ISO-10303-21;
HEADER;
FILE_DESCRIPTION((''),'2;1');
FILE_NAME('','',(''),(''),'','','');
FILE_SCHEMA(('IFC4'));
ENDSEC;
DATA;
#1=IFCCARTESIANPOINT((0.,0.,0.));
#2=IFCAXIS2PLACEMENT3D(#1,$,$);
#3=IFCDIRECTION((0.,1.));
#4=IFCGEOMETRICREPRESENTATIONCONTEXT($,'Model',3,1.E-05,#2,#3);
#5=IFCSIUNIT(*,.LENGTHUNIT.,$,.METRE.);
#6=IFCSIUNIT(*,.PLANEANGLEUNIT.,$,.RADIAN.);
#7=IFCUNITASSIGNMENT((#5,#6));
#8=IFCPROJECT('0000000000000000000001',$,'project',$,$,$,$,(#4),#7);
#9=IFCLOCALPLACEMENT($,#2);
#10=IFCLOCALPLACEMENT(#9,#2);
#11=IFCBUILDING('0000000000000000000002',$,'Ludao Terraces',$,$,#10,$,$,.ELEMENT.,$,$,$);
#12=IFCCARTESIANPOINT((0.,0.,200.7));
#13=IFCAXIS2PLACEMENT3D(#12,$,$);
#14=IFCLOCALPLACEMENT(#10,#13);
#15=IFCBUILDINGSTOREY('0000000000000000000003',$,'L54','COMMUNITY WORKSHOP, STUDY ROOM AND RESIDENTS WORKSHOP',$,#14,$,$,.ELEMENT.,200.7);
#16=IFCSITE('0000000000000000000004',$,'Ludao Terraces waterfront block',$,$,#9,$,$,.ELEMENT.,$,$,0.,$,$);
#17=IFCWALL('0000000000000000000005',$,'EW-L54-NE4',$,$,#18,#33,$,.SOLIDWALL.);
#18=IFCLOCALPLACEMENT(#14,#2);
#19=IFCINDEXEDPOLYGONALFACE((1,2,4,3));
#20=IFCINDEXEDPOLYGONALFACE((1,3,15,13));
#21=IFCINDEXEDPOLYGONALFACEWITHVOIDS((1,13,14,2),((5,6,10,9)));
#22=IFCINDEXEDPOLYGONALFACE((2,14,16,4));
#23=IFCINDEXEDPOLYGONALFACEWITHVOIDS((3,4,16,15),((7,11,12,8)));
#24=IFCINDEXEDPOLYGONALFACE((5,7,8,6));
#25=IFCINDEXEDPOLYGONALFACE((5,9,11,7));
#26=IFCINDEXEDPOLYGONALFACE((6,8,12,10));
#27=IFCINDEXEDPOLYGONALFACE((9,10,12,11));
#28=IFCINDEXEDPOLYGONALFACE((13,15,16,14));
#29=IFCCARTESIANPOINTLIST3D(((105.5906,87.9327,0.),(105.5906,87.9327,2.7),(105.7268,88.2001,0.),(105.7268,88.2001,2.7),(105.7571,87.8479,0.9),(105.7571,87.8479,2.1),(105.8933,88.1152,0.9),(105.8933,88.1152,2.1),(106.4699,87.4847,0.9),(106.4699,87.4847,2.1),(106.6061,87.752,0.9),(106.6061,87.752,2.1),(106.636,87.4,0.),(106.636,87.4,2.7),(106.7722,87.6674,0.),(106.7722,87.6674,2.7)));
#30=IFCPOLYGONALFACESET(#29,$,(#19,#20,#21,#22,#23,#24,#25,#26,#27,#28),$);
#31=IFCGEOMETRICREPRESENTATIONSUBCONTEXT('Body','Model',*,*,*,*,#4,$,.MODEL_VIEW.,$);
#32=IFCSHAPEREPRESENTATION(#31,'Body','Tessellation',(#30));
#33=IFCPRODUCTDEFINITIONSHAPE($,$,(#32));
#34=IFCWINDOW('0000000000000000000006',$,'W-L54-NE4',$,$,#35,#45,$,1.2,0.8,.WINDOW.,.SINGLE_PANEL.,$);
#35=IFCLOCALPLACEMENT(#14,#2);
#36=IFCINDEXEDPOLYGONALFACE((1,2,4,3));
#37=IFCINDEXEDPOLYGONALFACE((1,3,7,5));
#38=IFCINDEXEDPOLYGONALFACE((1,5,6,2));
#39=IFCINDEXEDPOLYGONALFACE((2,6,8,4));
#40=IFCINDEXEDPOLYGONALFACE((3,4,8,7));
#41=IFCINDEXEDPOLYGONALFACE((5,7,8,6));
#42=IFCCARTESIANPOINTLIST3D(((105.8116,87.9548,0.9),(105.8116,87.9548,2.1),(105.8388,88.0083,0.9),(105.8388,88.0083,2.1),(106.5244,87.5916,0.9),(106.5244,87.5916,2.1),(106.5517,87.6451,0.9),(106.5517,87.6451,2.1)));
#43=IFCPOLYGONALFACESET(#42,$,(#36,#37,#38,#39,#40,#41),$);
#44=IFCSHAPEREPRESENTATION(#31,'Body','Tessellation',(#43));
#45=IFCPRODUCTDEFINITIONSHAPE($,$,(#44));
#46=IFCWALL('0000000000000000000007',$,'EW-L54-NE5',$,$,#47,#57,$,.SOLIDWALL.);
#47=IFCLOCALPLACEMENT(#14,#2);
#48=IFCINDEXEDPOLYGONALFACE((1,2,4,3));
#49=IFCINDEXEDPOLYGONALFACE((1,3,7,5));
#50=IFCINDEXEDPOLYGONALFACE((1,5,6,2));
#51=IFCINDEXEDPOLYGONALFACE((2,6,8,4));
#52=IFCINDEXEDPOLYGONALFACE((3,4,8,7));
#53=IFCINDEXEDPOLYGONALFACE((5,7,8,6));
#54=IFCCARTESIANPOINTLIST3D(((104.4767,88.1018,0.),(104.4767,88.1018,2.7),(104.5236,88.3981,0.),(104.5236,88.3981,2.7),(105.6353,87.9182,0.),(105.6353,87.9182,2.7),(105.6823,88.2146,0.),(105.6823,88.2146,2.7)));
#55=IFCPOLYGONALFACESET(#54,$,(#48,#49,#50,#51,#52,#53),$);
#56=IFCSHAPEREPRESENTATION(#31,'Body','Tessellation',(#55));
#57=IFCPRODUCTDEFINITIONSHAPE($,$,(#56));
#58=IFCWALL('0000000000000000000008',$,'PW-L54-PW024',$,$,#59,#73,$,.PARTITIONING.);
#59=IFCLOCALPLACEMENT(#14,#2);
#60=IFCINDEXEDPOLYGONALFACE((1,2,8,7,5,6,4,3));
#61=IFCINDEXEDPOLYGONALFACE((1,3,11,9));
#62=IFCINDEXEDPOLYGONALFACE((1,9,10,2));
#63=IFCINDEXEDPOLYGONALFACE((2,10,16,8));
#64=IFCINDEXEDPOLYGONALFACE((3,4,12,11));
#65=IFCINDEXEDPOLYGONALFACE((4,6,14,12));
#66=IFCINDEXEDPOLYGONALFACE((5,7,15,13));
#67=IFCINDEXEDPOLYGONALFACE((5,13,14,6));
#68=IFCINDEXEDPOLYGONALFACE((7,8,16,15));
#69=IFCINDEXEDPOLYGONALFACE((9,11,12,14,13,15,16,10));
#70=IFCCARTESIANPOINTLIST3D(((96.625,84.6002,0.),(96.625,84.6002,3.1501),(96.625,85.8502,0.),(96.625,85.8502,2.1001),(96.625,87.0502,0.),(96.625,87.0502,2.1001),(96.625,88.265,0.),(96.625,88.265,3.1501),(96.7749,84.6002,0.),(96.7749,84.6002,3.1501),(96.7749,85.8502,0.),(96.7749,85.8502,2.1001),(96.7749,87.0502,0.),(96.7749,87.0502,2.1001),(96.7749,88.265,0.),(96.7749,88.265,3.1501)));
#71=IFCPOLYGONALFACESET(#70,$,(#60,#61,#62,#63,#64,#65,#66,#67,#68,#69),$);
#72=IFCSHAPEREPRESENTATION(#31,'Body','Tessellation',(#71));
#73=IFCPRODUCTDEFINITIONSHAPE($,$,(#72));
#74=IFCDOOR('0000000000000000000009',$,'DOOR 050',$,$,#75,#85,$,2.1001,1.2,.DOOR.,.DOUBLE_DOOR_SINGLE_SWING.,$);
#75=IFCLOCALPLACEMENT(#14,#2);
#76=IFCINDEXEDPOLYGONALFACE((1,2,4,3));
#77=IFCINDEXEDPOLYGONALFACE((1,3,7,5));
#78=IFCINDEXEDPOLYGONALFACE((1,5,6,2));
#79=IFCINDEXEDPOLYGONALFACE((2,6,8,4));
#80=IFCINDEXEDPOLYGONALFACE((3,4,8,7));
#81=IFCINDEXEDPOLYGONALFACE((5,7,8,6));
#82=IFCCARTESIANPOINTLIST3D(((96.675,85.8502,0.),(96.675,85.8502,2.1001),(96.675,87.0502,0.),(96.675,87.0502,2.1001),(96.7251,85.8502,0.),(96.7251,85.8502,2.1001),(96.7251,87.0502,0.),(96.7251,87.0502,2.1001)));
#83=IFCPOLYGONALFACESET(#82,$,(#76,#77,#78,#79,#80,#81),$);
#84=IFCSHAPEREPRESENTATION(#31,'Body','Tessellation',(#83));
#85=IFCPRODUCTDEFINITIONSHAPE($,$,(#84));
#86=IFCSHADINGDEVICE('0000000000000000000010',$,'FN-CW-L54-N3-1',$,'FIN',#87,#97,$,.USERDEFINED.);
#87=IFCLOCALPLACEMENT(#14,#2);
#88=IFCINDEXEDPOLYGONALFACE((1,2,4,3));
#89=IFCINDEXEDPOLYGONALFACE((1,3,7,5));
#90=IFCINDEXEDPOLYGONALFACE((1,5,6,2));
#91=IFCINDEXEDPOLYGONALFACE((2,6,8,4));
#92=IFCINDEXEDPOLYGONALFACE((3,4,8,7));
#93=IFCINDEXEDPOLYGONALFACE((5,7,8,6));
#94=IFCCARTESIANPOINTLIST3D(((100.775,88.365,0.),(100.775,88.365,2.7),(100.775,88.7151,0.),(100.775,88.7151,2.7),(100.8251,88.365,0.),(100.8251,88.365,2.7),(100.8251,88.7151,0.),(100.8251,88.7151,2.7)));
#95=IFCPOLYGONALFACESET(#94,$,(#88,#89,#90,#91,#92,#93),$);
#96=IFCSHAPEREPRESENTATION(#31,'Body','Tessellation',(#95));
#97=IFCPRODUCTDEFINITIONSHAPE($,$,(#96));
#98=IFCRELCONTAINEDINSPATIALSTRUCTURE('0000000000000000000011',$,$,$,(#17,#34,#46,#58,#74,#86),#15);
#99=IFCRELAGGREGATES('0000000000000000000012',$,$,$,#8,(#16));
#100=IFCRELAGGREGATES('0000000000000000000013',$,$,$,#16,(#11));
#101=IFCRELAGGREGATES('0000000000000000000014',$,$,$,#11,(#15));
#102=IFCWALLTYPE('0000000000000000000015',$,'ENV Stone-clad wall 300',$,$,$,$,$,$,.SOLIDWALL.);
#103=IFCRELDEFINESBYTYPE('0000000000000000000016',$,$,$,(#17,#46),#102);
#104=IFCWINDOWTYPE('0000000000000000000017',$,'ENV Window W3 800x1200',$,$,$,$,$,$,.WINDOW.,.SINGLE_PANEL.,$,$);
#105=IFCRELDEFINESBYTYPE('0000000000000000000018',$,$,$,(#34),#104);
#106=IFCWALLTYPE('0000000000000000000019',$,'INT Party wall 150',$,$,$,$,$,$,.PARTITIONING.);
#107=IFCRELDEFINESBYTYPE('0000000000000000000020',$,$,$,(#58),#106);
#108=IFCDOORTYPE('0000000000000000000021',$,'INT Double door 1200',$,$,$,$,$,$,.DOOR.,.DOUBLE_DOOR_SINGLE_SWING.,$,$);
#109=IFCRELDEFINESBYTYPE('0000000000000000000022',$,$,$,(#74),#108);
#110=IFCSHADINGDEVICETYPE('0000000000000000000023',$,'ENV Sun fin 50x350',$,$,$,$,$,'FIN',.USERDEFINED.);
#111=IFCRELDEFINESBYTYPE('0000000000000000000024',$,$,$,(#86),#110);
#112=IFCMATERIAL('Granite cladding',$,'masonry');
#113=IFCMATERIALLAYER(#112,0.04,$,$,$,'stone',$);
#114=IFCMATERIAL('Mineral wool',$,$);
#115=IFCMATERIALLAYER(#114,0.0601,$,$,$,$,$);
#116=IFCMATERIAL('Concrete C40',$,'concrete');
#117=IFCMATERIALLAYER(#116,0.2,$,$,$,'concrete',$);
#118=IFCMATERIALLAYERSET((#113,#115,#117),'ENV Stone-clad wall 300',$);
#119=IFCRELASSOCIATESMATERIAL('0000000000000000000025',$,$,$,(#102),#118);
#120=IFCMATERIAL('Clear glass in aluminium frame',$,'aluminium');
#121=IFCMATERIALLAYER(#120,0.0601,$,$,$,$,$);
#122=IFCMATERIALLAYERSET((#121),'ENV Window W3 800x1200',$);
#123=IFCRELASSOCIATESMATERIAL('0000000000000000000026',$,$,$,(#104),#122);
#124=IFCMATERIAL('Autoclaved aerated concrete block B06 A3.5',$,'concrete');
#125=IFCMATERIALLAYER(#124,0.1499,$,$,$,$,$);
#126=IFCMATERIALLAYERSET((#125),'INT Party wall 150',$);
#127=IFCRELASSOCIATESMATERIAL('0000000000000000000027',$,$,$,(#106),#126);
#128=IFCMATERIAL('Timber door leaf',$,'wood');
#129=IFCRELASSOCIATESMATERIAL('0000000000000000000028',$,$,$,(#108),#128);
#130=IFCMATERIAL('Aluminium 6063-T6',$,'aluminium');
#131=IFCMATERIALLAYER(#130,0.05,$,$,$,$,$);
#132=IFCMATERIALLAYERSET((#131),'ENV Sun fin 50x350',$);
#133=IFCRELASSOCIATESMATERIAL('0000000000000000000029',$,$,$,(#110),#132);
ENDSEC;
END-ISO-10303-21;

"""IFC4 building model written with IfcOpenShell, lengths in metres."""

from ifc_helpers import new_model, si_unit, direction, frame, frame_2d, origin, origin_2d, place, context, subcontext, project, spatial, rectangle, extrude, material, layer, layer_set, type_object, element, fill, save


model = new_model("IFC4")

# Units and contexts
model_context = context("Model", 3, precision=1e-05, world=origin(), true_north=direction((0.0, 1.0)))
body_context = subcontext(model_context, "Body", "Model", "MODEL_VIEW")
ifc_project = project(units=[si_unit("LENGTHUNIT", "METRE"), si_unit("PLANEANGLEUNIT", "RADIAN")], contexts=[model_context])

# Site, building, storey
site_placement = place(None, origin())
site = spatial("IfcSite", under=ifc_project, at=site_placement, Name="Ludao Terraces waterfront block", CompositionType="ELEMENT", RefElevation=0.0)
building_placement = place(site_placement, origin())
building = spatial("IfcBuilding", under=site, at=building_placement, Name="Ludao Terraces", CompositionType="ELEMENT")
storey_placement = place(building_placement, frame((0.0, 0.0, 200.7)))
storey = spatial("IfcBuildingStorey", under=building, at=storey_placement, Name="L54", Description="COMMUNITY WORKSHOP, STUDY ROOM AND RESIDENTS WORKSHOP", CompositionType="ELEMENT", Elevation=200.7)

# Shared definitions
ifc_material_1 = material(Name="Aluminium 6063-T6", Category="aluminium")

# Shared definitions
ifc_material_2 = material(Name="Concrete C40", Category="concrete")

# Shared definitions
ifc_material_3 = material(Name="Granite cladding", Category="masonry")
ifc_layer_1 = layer(ifc_material_3, 0.04, Category="stone")
ifc_material_4 = material(Name="Mineral wool")
ifc_layer_2 = layer(ifc_material_4, 0.0601)
ifc_layer_3 = layer(ifc_material_2, 0.2, Category="concrete")
ifc_layer_set_1 = layer_set([ifc_layer_1, ifc_layer_2, ifc_layer_3], Name="ENV Stone-clad wall 300")
wall_type_1 = type_object("IfcWallType", Name="ENV Stone-clad wall 300", PredefinedType="SOLIDWALL", material=ifc_layer_set_1)

# Wall, opening, window
ifc_material_5 = material(Name="Clear glass in aluminium frame", Category="aluminium")
ifc_layer_4 = layer(ifc_material_5, 0.0601)
ifc_layer_set_2 = layer_set([ifc_layer_4], Name="ENV Window W3 800x1200")
window_type = type_object("IfcWindowType", Name="ENV Window W3 800x1200", PartitioningType="SINGLE_PANEL", PredefinedType="WINDOW", material=ifc_layer_set_2)
wall_1_placement = place(storey_placement, frame((106.7041, 87.5337, 0.0), z_axis=(0.0, 0.0, 1.0), x_axis=(-0.890989, 0.454026, 0.0)))
wall_1 = element("IfcWall", 1, at=wall_1_placement, inside=storey, type_object=wall_type_1, Name="EW-L54-NE4", PredefinedType="SOLIDWALL", context=body_context, shape_type="SweptSolid", body=[
    extrude(rectangle(XDim=1.1733, YDim=0.3, at=frame_2d((0.5867, 0.0))), origin(), (0.0, 0.0, 1.0), 2.7),
])
opening_1_placement = place(wall_1_placement, frame((0.1865, 0.0, 0.8999)))
opening_1 = element("IfcOpeningElement", 2, at=opening_1_placement, cuts=wall_1, PredefinedType="OPENING", context=body_context, shape_type="SweptSolid", body=[
    extrude(rectangle(XDim=0.8, YDim=1.2, at=frame_2d((0.3999, 0.6001))), frame((0.0, 0.1602, 0.0), z_axis=(0.0, -1.0, 0.0), x_axis=(1.0, 0.0, 0.0)), (0.0, 0.0, 1.0), 0.3201),
])
window_1_placement = place(opening_1_placement, origin())
window_1 = element("IfcWindow", 3, at=window_1_placement, inside=storey, type_object=window_type, Name="W-L54-NE4", OverallHeight=1.2, OverallWidth=0.8, PartitioningType="SINGLE_PANEL", PredefinedType="WINDOW", context=body_context, shape_type="SweptSolid", body=[
    extrude(rectangle(XDim=0.8, YDim=1.2, at=frame_2d((0.3999, 0.6001))), frame((0.0, 0.03, 0.0), z_axis=(0.0, -1.0, 0.0), x_axis=(1.0, 0.0, 0.0)), (0.0, 0.0, 1.0), 0.0601),
])
fill(opening_1, window_1)

# Wall
wall_2_placement = place(storey_placement, frame((105.6587, 88.0664, 0.0), z_axis=(0.0, 0.0, 1.0), x_axis=(-0.987678, 0.156497, 0.0)))
element("IfcWall", 4, at=wall_2_placement, inside=storey, type_object=wall_type_1, Name="EW-L54-NE5", PredefinedType="SOLIDWALL", context=body_context, shape_type="SweptSolid", body=[
    extrude(rectangle(XDim=1.1731, YDim=0.3, at=frame_2d((0.5864, 0.0))), origin(), (0.0, 0.0, 1.0), 2.7),
])

# Wall, opening, door
ifc_material_6 = material(Name="Autoclaved aerated concrete block B06 A3.5", Category="concrete")
ifc_layer_5 = layer(ifc_material_6, 0.1499)
ifc_layer_set_3 = layer_set([ifc_layer_5], Name="INT Party wall 150")
wall_type_2 = type_object("IfcWallType", Name="INT Party wall 150", PredefinedType="PARTITIONING", material=ifc_layer_set_3)
wall_3_placement = place(storey_placement, frame((96.7, 84.6001, 0.0), z_axis=(0.0, 0.0, 1.0), x_axis=(0.0, 1.0, 0.0)))
wall_3 = element("IfcWall", 5, at=wall_3_placement, inside=storey, type_object=wall_type_2, Name="PW-L54-PW024", PredefinedType="PARTITIONING", context=body_context, shape_type="SweptSolid", body=[
    extrude(rectangle(XDim=3.6648, YDim=0.1499, at=frame_2d((1.8325, 0.0))), origin(), (0.0, 0.0, 1.0), 3.1501),
])
opening_2_placement = place(wall_3_placement, frame((1.25, 0.0, 0.0)))
opening_2 = element("IfcOpeningElement", 6, at=opening_2_placement, cuts=wall_3, PredefinedType="OPENING", context=body_context, shape_type="SweptSolid", body=[
    extrude(rectangle(XDim=1.2, YDim=2.1001, at=frame_2d((0.6001, 1.05))), frame((0.0, 0.085, 0.0), z_axis=(0.0, -1.0, 0.0), x_axis=(1.0, 0.0, 0.0)), (0.0, 0.0, 1.0), 0.1699),
])
ifc_material_7 = material(Name="Timber door leaf", Category="wood")
door_type = type_object("IfcDoorType", Name="INT Double door 1200", OperationType="DOUBLE_DOOR_SINGLE_SWING", PredefinedType="DOOR", material=ifc_material_7)
door_placement = place(opening_2_placement, origin())
door = element("IfcDoor", 7, at=door_placement, inside=storey, type_object=door_type, Name="DOOR 050", OperationType="DOUBLE_DOOR_SINGLE_SWING", OverallHeight=2.1001, OverallWidth=1.2, PredefinedType="DOOR", context=body_context, shape_type="SweptSolid", body=[
    extrude(rectangle(XDim=1.2, YDim=2.1001, at=frame_2d((0.6001, 1.05))), frame((0.0, 0.0249, 0.0), z_axis=(0.0, -1.0, 0.0), x_axis=(1.0, 0.0, 0.0)), (0.0, 0.0, 1.0), 0.05),
])
fill(opening_2, door)

# Shading device
ifc_layer_6 = layer(ifc_material_1, 0.05)
ifc_layer_set_4 = layer_set([ifc_layer_6], Name="ENV Sun fin 50x350")
shading_device_type = type_object("IfcShadingDeviceType", Name="ENV Sun fin 50x350", ElementType="FIN", PredefinedType="USERDEFINED", material=ifc_layer_set_4)
shading_device_placement = place(storey_placement, frame((100.8, 88.54, 0.0), z_axis=(0.0, 0.0, 1.0), x_axis=(1.0, 0.0, 0.0)))
element("IfcShadingDevice", 8, at=shading_device_placement, inside=storey, type_object=shading_device_type, Name="FN-CW-L54-N3-1", ObjectType="FIN", PredefinedType="USERDEFINED", context=body_context, shape_type="SweptSolid", body=[
    extrude(rectangle(XDim=0.05, YDim=0.3501, at=origin_2d()), origin(), (0.0, 0.0, 1.0), 2.7),
])

save(model, "model.ifc")
